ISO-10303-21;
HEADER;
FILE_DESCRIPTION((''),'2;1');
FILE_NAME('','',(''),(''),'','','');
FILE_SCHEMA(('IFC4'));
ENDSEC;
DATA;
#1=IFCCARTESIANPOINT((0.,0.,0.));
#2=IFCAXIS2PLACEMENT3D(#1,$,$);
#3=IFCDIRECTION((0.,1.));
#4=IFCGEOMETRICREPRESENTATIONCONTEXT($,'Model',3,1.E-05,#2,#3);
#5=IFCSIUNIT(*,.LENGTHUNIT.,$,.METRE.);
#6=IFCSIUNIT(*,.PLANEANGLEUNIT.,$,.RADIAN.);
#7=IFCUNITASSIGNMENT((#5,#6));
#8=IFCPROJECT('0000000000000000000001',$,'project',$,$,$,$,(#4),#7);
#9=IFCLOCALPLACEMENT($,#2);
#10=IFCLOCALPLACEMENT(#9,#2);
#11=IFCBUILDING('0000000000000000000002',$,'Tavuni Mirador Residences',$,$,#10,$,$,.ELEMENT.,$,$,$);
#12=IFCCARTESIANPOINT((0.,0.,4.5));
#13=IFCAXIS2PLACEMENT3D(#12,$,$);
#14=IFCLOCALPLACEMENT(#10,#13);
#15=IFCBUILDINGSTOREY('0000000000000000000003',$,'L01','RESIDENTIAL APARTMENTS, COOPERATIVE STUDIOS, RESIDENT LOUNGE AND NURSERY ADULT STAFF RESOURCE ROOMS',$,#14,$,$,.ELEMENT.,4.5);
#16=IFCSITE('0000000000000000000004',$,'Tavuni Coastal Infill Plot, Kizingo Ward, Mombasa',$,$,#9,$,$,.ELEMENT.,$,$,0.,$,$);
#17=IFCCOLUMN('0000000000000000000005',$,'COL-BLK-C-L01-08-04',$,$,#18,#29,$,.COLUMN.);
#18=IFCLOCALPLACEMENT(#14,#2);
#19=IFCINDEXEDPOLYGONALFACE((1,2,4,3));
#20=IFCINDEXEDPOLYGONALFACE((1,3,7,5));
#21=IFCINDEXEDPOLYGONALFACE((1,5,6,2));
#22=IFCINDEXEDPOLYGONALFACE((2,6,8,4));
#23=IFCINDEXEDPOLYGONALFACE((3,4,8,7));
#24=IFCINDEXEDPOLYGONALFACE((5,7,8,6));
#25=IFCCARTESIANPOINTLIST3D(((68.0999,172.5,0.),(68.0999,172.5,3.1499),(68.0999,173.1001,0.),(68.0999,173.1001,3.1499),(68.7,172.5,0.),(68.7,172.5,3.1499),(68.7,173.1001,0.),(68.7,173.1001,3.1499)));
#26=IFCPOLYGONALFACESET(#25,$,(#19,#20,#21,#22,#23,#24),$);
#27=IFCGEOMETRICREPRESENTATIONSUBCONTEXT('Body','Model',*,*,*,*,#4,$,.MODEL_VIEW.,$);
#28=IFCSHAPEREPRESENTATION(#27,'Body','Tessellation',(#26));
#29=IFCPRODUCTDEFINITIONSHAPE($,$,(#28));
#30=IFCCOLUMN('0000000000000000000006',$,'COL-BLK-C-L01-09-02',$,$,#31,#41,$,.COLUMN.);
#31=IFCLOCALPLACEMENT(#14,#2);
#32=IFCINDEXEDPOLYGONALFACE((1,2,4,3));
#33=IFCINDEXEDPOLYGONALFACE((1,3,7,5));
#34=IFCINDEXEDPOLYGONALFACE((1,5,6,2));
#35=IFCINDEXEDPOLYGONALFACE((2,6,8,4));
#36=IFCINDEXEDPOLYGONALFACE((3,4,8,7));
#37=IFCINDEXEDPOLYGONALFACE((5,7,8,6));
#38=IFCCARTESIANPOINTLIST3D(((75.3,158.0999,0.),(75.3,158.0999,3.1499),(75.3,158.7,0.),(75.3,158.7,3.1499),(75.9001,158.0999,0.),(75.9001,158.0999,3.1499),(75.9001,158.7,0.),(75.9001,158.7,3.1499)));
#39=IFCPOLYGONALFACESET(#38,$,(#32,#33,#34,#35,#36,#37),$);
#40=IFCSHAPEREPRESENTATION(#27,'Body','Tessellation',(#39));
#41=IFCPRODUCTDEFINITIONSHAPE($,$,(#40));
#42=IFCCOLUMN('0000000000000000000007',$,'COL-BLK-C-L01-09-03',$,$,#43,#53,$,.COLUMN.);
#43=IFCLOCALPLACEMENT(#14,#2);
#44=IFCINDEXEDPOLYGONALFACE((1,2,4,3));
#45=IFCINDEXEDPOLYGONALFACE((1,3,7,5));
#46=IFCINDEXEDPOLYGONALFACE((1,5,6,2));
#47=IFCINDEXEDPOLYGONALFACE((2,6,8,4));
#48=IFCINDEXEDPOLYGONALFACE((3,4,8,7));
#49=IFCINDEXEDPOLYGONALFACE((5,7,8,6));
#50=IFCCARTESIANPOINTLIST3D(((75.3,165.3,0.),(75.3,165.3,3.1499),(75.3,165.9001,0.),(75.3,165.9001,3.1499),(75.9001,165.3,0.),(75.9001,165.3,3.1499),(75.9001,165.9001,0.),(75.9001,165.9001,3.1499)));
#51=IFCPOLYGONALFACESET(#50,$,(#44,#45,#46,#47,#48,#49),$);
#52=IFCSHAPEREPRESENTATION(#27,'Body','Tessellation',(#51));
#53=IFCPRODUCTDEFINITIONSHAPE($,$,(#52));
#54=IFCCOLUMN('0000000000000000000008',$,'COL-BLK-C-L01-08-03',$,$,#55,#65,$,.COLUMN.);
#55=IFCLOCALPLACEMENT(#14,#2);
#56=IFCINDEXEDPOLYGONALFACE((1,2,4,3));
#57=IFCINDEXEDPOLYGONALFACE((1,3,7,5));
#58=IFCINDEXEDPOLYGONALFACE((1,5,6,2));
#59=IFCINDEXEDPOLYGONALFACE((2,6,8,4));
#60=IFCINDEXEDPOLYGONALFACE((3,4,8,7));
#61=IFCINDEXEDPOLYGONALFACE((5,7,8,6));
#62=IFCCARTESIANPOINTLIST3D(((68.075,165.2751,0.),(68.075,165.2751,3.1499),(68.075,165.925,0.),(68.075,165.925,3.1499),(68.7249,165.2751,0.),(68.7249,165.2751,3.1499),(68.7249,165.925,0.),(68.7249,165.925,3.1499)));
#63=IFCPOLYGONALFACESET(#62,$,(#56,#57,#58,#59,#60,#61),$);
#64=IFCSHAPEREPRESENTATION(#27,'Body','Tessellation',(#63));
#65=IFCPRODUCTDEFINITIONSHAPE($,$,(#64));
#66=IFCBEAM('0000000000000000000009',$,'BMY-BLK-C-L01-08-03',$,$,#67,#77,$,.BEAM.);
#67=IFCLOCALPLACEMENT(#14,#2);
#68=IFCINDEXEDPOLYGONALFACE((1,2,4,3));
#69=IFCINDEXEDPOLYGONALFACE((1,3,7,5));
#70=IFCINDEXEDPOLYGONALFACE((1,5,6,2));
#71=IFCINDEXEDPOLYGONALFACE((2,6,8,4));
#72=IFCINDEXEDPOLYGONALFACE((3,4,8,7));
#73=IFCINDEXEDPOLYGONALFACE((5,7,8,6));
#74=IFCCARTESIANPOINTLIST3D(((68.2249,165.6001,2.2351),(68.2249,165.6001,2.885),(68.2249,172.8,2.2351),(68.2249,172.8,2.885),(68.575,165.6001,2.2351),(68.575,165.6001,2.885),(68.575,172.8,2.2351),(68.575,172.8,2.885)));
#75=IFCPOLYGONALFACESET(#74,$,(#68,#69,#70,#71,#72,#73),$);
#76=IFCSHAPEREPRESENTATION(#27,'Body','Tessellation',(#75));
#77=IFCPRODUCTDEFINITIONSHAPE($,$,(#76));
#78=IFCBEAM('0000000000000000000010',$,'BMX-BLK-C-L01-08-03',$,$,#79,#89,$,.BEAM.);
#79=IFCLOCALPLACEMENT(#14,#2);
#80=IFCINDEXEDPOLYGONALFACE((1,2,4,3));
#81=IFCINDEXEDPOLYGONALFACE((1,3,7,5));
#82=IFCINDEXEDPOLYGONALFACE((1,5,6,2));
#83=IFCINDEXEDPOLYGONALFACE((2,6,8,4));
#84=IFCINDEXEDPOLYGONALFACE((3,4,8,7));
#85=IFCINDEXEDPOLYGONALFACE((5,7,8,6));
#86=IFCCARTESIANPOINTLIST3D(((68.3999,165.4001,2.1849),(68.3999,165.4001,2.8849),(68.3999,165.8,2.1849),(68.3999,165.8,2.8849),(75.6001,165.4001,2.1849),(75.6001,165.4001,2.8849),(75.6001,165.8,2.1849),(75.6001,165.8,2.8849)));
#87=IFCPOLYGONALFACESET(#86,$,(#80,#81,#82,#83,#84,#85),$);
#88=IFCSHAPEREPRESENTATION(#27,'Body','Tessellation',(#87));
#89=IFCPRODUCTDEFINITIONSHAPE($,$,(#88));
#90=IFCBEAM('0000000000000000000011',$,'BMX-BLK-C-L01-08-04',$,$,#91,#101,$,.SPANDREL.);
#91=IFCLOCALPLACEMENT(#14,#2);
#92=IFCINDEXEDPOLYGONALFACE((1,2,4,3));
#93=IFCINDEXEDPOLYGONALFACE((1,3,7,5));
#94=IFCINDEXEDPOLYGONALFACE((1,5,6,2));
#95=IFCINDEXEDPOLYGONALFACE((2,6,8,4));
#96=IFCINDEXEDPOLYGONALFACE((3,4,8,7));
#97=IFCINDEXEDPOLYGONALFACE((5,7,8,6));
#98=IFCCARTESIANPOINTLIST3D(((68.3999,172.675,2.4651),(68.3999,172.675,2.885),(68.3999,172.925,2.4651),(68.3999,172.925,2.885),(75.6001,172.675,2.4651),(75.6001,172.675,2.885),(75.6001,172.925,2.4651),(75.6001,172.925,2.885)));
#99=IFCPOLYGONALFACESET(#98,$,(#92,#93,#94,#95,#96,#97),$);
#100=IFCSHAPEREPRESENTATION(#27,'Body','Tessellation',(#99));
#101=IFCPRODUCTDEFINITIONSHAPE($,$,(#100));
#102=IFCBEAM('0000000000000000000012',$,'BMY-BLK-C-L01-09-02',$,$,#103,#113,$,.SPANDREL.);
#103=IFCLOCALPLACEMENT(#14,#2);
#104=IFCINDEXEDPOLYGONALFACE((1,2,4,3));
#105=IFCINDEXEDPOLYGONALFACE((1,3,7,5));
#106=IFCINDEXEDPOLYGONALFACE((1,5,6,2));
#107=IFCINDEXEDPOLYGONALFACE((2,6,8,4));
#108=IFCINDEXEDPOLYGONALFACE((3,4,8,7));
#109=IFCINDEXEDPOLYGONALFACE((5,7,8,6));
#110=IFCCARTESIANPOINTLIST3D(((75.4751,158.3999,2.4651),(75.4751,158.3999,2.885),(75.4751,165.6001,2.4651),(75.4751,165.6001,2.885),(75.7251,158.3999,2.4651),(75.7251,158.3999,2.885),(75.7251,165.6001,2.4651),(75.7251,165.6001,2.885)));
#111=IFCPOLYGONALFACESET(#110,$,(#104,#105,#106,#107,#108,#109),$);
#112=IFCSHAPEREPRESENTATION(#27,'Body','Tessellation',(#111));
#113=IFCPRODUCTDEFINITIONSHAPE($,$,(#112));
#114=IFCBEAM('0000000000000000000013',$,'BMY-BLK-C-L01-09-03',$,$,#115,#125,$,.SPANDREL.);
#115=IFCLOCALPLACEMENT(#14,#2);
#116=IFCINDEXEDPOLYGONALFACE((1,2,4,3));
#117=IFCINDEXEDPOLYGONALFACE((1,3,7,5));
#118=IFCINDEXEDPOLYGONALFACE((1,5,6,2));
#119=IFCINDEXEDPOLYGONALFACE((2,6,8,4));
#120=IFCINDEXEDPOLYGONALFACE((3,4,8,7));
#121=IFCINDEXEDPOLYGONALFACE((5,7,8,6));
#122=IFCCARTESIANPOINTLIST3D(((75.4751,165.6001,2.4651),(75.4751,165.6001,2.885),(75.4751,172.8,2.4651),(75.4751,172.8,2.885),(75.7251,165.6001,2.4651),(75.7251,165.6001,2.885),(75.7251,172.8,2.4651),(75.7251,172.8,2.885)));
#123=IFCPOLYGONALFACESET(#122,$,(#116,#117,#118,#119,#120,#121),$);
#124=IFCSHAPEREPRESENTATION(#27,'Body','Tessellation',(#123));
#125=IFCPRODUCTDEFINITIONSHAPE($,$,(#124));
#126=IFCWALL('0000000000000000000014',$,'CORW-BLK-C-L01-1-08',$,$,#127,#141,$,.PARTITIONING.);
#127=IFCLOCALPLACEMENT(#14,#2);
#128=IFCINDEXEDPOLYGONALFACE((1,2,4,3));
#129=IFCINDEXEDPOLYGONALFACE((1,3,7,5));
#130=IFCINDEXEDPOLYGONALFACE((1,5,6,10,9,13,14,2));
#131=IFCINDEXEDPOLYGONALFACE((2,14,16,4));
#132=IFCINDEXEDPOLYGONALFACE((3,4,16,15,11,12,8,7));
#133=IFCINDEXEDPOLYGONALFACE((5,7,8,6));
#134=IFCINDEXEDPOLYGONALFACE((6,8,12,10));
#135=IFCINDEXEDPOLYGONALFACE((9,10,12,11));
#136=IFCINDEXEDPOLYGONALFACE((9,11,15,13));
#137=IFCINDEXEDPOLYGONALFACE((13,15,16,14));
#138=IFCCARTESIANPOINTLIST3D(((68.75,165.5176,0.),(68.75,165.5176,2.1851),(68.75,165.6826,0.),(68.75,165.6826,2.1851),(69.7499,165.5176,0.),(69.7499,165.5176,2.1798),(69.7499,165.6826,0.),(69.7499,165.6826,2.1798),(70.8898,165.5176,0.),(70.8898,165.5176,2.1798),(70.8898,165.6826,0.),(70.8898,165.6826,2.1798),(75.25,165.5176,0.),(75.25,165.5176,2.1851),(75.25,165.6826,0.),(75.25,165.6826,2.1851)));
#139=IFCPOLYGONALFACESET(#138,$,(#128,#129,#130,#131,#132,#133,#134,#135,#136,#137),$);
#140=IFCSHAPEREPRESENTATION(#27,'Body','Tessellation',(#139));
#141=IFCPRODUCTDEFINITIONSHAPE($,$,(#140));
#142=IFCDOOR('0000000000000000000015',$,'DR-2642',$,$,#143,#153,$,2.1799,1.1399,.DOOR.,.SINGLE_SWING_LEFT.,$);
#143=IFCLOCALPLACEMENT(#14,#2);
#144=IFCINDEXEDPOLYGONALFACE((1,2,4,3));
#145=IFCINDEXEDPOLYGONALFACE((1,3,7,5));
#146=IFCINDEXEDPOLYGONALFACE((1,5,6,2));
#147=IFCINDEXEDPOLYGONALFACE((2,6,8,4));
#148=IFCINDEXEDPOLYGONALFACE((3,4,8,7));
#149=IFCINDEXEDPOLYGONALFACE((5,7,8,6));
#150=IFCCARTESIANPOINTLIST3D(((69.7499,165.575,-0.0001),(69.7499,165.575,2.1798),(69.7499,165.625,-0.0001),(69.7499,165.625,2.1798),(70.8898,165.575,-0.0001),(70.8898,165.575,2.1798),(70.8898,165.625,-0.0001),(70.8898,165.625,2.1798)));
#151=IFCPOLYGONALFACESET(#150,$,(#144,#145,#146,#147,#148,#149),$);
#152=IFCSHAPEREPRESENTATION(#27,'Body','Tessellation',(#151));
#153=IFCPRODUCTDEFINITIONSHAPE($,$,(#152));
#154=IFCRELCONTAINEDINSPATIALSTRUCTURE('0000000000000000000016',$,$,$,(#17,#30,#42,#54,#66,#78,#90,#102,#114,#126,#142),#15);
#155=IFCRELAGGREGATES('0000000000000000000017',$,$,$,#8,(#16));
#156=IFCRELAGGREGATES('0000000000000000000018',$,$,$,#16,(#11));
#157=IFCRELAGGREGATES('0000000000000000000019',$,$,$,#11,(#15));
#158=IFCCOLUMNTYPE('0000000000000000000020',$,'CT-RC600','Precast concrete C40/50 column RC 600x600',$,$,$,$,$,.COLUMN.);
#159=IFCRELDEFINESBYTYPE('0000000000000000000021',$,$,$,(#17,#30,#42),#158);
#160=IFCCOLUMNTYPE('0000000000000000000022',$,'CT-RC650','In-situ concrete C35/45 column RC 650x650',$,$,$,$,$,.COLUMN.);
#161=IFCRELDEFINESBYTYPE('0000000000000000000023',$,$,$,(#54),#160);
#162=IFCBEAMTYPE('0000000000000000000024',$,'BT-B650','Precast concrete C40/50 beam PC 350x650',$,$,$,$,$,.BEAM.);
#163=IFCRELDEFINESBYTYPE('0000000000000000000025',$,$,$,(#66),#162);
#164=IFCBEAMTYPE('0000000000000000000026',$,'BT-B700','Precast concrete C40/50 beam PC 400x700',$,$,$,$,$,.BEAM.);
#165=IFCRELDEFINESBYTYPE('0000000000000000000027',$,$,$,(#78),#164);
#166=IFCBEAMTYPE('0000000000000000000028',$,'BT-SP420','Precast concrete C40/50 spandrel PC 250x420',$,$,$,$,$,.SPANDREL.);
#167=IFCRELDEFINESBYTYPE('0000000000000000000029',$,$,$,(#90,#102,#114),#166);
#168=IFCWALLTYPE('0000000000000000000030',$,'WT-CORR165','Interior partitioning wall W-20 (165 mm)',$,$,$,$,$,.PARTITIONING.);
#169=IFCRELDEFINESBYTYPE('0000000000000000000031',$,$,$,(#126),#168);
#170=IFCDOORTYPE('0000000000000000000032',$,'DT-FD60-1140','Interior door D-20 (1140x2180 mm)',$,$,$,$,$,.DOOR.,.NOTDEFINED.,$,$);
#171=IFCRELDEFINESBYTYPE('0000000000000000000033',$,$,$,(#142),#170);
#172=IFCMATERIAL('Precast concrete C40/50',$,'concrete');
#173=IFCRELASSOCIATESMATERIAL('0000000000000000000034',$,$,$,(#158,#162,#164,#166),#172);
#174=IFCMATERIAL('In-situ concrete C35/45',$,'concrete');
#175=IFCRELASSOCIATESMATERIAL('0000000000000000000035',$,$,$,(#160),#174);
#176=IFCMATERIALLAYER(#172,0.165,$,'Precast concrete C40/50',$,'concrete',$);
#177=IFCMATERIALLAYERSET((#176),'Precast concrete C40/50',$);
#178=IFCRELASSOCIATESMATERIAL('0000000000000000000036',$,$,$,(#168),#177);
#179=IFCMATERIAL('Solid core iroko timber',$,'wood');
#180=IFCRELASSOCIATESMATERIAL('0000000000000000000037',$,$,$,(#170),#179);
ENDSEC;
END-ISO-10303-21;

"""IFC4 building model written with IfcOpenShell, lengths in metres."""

from ifc_helpers import new_model, si_unit, direction, frame, frame_2d, origin, origin_2d, place, context, subcontext, project, spatial, rectangle, extrude, material, layer, layer_set, material_profile, profile_set, type_object, element, fill, save


model = new_model("IFC4")

# Units and contexts
model_context = context("Model", 3, precision=1e-05, world=origin(), true_north=direction((0.0, 1.0)))
body_context = subcontext(model_context, "Body", "Model", "MODEL_VIEW")
ifc_project = project(units=[si_unit("LENGTHUNIT", "METRE"), si_unit("PLANEANGLEUNIT", "RADIAN")], contexts=[model_context])

# Site, building, storey
site_placement = place(None, origin())
site = spatial("IfcSite", under=ifc_project, at=site_placement, Name="Tavuni Coastal Infill Plot, Kizingo Ward, Mombasa", CompositionType="ELEMENT", RefElevation=0.0)
building_placement = place(site_placement, origin())
building = spatial("IfcBuilding", under=site, at=building_placement, Name="Tavuni Mirador Residences", CompositionType="ELEMENT")
storey_placement = place(building_placement, frame((0.0, 0.0, 4.5)))
storey = spatial("IfcBuildingStorey", under=building, at=storey_placement, Name="L01", Description="RESIDENTIAL APARTMENTS, COOPERATIVE STUDIOS, RESIDENT LOUNGE AND NURSERY ADULT STAFF RESOURCE ROOMS", CompositionType="ELEMENT", Elevation=4.5)

# Columns
ifc_material_1 = material(Name="Precast concrete C40/50", Category="concrete")
ifc_material_profile_1 = material_profile(ifc_material_1, rectangle(XDim=0.6001, YDim=0.6001, at=origin_2d()), Name="RC 600x600", Category="concrete")
ifc_profile_set_1 = profile_set([ifc_material_profile_1], Name="Precast concrete C40/50")
column_type_1 = type_object("IfcColumnType", Name="CT-RC600", Description="Precast concrete C40/50 column RC 600x600", PredefinedType="COLUMN", material=ifc_profile_set_1)
for number, where, z_axis, x_axis, name in (
    (1, (68.3999, 172.8, 0.0), (0.0, 0.0, 1.0), (1.0, 0.0, 0.0), "COL-BLK-C-L01-08-04"),
    (2, (75.6001, 158.3999, 0.0), (0.0, 0.0, 1.0), (1.0, 0.0, 0.0), "COL-BLK-C-L01-09-02"),
    (3, (75.6001, 165.6001, 0.0), (0.0, 0.0, 1.0), (1.0, 0.0, 0.0), "COL-BLK-C-L01-09-03"),
):
    element("IfcColumn", number, at=place(storey_placement, frame(where, z_axis=z_axis, x_axis=x_axis)), inside=storey, type_object=column_type_1, Name=name, PredefinedType="COLUMN", context=body_context, shape_type="SweptSolid", body=[
        extrude(rectangle(XDim=0.6001, YDim=0.6001, at=origin_2d()), origin(), (0.0, 0.0, 1.0), 3.1499),
    ])
ifc_material_2 = material(Name="In-situ concrete C35/45", Category="concrete")
ifc_material_profile_2 = material_profile(ifc_material_2, rectangle(XDim=0.6499, YDim=0.6499, at=origin_2d()), Name="RC 650x650", Category="concrete")
ifc_profile_set_2 = profile_set([ifc_material_profile_2], Name="In-situ concrete C35/45")
column_type_2 = type_object("IfcColumnType", Name="CT-RC650", Description="In-situ concrete C35/45 column RC 650x650", PredefinedType="COLUMN", material=ifc_profile_set_2)
column_placement = place(storey_placement, frame((68.3999, 165.6001, 0.0), z_axis=(0.0, 0.0, 1.0), x_axis=(1.0, 0.0, 0.0)))
element("IfcColumn", 4, at=column_placement, inside=storey, type_object=column_type_2, Name="COL-BLK-C-L01-08-03", PredefinedType="COLUMN", context=body_context, shape_type="SweptSolid", body=[
    extrude(rectangle(XDim=0.6499, YDim=0.6499, at=origin_2d()), origin(), (0.0, 0.0, 1.0), 3.1499),
])

# Beams
ifc_material_profile_3 = material_profile(ifc_material_1, rectangle(XDim=0.3501, YDim=0.6499, at=origin_2d()), Name="PC 350x650", Category="concrete")
ifc_profile_set_3 = profile_set([ifc_material_profile_3], Name="Precast concrete C40/50")
beam_type_1 = type_object("IfcBeamType", Name="BT-B650", Description="Precast concrete C40/50 beam PC 350x650", PredefinedType="BEAM", material=ifc_profile_set_3)
beam_1_placement = place(storey_placement, frame((68.3999, 165.6001, 2.5601), z_axis=(0.0, 1.0, 0.0), x_axis=(-1.0, 0.0, 0.0)))
element("IfcBeam", 5, at=beam_1_placement, inside=storey, type_object=beam_type_1, Name="BMY-BLK-C-L01-08-03", PredefinedType="BEAM", context=body_context, shape_type="SweptSolid", body=[
    extrude(rectangle(XDim=0.3501, YDim=0.6499, at=origin_2d()), origin(), (0.0, 0.0, 1.0), 7.2),
])
ifc_material_profile_4 = material_profile(ifc_material_1, rectangle(XDim=0.3999, YDim=0.7, at=origin_2d()), Name="PC 400x700", Category="concrete")
ifc_profile_set_4 = profile_set([ifc_material_profile_4], Name="Precast concrete C40/50")
beam_type_2 = type_object("IfcBeamType", Name="BT-B700", Description="Precast concrete C40/50 beam PC 400x700", PredefinedType="BEAM", material=ifc_profile_set_4)
beam_2_placement = place(storey_placement, frame((68.3999, 165.6001, 2.5349), z_axis=(1.0, 0.0, 0.0), x_axis=(0.0, 1.0, 0.0)))
element("IfcBeam", 6, at=beam_2_placement, inside=storey, type_object=beam_type_2, Name="BMX-BLK-C-L01-08-03", PredefinedType="BEAM", context=body_context, shape_type="SweptSolid", body=[
    extrude(rectangle(XDim=0.3999, YDim=0.7, at=origin_2d()), origin(), (0.0, 0.0, 1.0), 7.2002),
])
ifc_material_profile_5 = material_profile(ifc_material_1, rectangle(XDim=0.25, YDim=0.4199, at=origin_2d()), Name="PC 250x420", Category="concrete")
ifc_profile_set_5 = profile_set([ifc_material_profile_5], Name="Precast concrete C40/50")
beam_type_3 = type_object("IfcBeamType", Name="BT-SP420", Description="Precast concrete C40/50 spandrel PC 250x420", PredefinedType="SPANDREL", material=ifc_profile_set_5)
for number, where, z_axis, x_axis, name in (
    (7, (68.3999, 172.8, 2.675), (1.0, 0.0, 0.0), (0.0, 1.0, 0.0), "BMX-BLK-C-L01-08-04"),
    (8, (75.6001, 158.3999, 2.675), (0.0, 1.0, 0.0), (-1.0, 0.0, 0.0), "BMY-BLK-C-L01-09-02"),
):
    element("IfcBeam", number, at=place(storey_placement, frame(where, z_axis=z_axis, x_axis=x_axis)), inside=storey, type_object=beam_type_3, Name=name, PredefinedType="SPANDREL", context=body_context, shape_type="SweptSolid", body=[
        extrude(rectangle(XDim=0.25, YDim=0.4199, at=origin_2d()), origin(), (0.0, 0.0, 1.0), 7.2002),
    ])
beam_3_placement = place(storey_placement, frame((75.6001, 165.6001, 2.675), z_axis=(0.0, 1.0, 0.0), x_axis=(-1.0, 0.0, 0.0)))
element("IfcBeam", 9, at=beam_3_placement, inside=storey, type_object=beam_type_3, Name="BMY-BLK-C-L01-09-03", PredefinedType="SPANDREL", context=body_context, shape_type="SweptSolid", body=[
    extrude(rectangle(XDim=0.25, YDim=0.4199, at=origin_2d()), origin(), (0.0, 0.0, 1.0), 7.2),
])

# Wall, opening, door
ifc_layer_1 = layer(ifc_material_1, 0.165, Name="Precast concrete C40/50", Category="concrete")
ifc_layer_set_1 = layer_set([ifc_layer_1], Name="Precast concrete C40/50")
wall_type_1 = type_object("IfcWallType", Name="WT-CORR165", Description="Interior partitioning wall W-20 (165 mm)", PredefinedType="PARTITIONING", material=ifc_layer_set_1)
wall_1_placement = place(storey_placement, frame((68.75, 165.6001, 0.0), z_axis=(0.0, 0.0, 1.0), x_axis=(1.0, 0.0, 0.0)))
wall_1 = element("IfcWall", 10, at=wall_1_placement, inside=storey, type_object=wall_type_1, Name="CORW-BLK-C-L01-1-08", PredefinedType="PARTITIONING", context=body_context, shape_type="SweptSolid", body=[
    extrude(rectangle(XDim=6.5, YDim=0.165, at=frame_2d((3.25, 0.0))), origin(), (0.0, 0.0, 1.0), 2.1851),
])
opening_1_placement = place(wall_1_placement, frame((1.0, 0.0, 0.0)))
opening_1 = element("IfcOpeningElement", 11, at=opening_1_placement, cuts=wall_1, PredefinedType="OPENING", context=body_context, shape_type="SweptSolid", body=[
    extrude(rectangle(XDim=1.1399, YDim=2.1799, at=frame_2d((0.5698, 1.0898))), frame((0.0, 0.0925, 0.0), z_axis=(0.0, -1.0, 0.0), x_axis=(1.0, 0.0, 0.0)), (0.0, 0.0, 1.0), 0.1851),
])
ifc_material_3 = material(Name="Solid core iroko timber", Category="wood")
door_type_1 = type_object("IfcDoorType", Name="DT-FD60-1140", Description="Interior door D-20 (1140x2180 mm)", OperationType="NOTDEFINED", PredefinedType="DOOR", material=ifc_material_3)
door_1_placement = place(opening_1_placement, origin())
door_1 = element("IfcDoor", 12, at=door_1_placement, inside=storey, type_object=door_type_1, Name="DR-2642", OperationType="SINGLE_SWING_LEFT", OverallHeight=2.1799, OverallWidth=1.1399, PredefinedType="DOOR", context=body_context, shape_type="SweptSolid", body=[
    extrude(rectangle(XDim=1.1399, YDim=2.1799, at=frame_2d((0.5698, 1.0898))), frame((0.0, 0.0249, 0.0), z_axis=(0.0, -1.0, 0.0), x_axis=(1.0, 0.0, 0.0)), (0.0, 0.0, 1.0), 0.05),
])
fill(opening_1, door_1)

save(model, "model.ifc")
